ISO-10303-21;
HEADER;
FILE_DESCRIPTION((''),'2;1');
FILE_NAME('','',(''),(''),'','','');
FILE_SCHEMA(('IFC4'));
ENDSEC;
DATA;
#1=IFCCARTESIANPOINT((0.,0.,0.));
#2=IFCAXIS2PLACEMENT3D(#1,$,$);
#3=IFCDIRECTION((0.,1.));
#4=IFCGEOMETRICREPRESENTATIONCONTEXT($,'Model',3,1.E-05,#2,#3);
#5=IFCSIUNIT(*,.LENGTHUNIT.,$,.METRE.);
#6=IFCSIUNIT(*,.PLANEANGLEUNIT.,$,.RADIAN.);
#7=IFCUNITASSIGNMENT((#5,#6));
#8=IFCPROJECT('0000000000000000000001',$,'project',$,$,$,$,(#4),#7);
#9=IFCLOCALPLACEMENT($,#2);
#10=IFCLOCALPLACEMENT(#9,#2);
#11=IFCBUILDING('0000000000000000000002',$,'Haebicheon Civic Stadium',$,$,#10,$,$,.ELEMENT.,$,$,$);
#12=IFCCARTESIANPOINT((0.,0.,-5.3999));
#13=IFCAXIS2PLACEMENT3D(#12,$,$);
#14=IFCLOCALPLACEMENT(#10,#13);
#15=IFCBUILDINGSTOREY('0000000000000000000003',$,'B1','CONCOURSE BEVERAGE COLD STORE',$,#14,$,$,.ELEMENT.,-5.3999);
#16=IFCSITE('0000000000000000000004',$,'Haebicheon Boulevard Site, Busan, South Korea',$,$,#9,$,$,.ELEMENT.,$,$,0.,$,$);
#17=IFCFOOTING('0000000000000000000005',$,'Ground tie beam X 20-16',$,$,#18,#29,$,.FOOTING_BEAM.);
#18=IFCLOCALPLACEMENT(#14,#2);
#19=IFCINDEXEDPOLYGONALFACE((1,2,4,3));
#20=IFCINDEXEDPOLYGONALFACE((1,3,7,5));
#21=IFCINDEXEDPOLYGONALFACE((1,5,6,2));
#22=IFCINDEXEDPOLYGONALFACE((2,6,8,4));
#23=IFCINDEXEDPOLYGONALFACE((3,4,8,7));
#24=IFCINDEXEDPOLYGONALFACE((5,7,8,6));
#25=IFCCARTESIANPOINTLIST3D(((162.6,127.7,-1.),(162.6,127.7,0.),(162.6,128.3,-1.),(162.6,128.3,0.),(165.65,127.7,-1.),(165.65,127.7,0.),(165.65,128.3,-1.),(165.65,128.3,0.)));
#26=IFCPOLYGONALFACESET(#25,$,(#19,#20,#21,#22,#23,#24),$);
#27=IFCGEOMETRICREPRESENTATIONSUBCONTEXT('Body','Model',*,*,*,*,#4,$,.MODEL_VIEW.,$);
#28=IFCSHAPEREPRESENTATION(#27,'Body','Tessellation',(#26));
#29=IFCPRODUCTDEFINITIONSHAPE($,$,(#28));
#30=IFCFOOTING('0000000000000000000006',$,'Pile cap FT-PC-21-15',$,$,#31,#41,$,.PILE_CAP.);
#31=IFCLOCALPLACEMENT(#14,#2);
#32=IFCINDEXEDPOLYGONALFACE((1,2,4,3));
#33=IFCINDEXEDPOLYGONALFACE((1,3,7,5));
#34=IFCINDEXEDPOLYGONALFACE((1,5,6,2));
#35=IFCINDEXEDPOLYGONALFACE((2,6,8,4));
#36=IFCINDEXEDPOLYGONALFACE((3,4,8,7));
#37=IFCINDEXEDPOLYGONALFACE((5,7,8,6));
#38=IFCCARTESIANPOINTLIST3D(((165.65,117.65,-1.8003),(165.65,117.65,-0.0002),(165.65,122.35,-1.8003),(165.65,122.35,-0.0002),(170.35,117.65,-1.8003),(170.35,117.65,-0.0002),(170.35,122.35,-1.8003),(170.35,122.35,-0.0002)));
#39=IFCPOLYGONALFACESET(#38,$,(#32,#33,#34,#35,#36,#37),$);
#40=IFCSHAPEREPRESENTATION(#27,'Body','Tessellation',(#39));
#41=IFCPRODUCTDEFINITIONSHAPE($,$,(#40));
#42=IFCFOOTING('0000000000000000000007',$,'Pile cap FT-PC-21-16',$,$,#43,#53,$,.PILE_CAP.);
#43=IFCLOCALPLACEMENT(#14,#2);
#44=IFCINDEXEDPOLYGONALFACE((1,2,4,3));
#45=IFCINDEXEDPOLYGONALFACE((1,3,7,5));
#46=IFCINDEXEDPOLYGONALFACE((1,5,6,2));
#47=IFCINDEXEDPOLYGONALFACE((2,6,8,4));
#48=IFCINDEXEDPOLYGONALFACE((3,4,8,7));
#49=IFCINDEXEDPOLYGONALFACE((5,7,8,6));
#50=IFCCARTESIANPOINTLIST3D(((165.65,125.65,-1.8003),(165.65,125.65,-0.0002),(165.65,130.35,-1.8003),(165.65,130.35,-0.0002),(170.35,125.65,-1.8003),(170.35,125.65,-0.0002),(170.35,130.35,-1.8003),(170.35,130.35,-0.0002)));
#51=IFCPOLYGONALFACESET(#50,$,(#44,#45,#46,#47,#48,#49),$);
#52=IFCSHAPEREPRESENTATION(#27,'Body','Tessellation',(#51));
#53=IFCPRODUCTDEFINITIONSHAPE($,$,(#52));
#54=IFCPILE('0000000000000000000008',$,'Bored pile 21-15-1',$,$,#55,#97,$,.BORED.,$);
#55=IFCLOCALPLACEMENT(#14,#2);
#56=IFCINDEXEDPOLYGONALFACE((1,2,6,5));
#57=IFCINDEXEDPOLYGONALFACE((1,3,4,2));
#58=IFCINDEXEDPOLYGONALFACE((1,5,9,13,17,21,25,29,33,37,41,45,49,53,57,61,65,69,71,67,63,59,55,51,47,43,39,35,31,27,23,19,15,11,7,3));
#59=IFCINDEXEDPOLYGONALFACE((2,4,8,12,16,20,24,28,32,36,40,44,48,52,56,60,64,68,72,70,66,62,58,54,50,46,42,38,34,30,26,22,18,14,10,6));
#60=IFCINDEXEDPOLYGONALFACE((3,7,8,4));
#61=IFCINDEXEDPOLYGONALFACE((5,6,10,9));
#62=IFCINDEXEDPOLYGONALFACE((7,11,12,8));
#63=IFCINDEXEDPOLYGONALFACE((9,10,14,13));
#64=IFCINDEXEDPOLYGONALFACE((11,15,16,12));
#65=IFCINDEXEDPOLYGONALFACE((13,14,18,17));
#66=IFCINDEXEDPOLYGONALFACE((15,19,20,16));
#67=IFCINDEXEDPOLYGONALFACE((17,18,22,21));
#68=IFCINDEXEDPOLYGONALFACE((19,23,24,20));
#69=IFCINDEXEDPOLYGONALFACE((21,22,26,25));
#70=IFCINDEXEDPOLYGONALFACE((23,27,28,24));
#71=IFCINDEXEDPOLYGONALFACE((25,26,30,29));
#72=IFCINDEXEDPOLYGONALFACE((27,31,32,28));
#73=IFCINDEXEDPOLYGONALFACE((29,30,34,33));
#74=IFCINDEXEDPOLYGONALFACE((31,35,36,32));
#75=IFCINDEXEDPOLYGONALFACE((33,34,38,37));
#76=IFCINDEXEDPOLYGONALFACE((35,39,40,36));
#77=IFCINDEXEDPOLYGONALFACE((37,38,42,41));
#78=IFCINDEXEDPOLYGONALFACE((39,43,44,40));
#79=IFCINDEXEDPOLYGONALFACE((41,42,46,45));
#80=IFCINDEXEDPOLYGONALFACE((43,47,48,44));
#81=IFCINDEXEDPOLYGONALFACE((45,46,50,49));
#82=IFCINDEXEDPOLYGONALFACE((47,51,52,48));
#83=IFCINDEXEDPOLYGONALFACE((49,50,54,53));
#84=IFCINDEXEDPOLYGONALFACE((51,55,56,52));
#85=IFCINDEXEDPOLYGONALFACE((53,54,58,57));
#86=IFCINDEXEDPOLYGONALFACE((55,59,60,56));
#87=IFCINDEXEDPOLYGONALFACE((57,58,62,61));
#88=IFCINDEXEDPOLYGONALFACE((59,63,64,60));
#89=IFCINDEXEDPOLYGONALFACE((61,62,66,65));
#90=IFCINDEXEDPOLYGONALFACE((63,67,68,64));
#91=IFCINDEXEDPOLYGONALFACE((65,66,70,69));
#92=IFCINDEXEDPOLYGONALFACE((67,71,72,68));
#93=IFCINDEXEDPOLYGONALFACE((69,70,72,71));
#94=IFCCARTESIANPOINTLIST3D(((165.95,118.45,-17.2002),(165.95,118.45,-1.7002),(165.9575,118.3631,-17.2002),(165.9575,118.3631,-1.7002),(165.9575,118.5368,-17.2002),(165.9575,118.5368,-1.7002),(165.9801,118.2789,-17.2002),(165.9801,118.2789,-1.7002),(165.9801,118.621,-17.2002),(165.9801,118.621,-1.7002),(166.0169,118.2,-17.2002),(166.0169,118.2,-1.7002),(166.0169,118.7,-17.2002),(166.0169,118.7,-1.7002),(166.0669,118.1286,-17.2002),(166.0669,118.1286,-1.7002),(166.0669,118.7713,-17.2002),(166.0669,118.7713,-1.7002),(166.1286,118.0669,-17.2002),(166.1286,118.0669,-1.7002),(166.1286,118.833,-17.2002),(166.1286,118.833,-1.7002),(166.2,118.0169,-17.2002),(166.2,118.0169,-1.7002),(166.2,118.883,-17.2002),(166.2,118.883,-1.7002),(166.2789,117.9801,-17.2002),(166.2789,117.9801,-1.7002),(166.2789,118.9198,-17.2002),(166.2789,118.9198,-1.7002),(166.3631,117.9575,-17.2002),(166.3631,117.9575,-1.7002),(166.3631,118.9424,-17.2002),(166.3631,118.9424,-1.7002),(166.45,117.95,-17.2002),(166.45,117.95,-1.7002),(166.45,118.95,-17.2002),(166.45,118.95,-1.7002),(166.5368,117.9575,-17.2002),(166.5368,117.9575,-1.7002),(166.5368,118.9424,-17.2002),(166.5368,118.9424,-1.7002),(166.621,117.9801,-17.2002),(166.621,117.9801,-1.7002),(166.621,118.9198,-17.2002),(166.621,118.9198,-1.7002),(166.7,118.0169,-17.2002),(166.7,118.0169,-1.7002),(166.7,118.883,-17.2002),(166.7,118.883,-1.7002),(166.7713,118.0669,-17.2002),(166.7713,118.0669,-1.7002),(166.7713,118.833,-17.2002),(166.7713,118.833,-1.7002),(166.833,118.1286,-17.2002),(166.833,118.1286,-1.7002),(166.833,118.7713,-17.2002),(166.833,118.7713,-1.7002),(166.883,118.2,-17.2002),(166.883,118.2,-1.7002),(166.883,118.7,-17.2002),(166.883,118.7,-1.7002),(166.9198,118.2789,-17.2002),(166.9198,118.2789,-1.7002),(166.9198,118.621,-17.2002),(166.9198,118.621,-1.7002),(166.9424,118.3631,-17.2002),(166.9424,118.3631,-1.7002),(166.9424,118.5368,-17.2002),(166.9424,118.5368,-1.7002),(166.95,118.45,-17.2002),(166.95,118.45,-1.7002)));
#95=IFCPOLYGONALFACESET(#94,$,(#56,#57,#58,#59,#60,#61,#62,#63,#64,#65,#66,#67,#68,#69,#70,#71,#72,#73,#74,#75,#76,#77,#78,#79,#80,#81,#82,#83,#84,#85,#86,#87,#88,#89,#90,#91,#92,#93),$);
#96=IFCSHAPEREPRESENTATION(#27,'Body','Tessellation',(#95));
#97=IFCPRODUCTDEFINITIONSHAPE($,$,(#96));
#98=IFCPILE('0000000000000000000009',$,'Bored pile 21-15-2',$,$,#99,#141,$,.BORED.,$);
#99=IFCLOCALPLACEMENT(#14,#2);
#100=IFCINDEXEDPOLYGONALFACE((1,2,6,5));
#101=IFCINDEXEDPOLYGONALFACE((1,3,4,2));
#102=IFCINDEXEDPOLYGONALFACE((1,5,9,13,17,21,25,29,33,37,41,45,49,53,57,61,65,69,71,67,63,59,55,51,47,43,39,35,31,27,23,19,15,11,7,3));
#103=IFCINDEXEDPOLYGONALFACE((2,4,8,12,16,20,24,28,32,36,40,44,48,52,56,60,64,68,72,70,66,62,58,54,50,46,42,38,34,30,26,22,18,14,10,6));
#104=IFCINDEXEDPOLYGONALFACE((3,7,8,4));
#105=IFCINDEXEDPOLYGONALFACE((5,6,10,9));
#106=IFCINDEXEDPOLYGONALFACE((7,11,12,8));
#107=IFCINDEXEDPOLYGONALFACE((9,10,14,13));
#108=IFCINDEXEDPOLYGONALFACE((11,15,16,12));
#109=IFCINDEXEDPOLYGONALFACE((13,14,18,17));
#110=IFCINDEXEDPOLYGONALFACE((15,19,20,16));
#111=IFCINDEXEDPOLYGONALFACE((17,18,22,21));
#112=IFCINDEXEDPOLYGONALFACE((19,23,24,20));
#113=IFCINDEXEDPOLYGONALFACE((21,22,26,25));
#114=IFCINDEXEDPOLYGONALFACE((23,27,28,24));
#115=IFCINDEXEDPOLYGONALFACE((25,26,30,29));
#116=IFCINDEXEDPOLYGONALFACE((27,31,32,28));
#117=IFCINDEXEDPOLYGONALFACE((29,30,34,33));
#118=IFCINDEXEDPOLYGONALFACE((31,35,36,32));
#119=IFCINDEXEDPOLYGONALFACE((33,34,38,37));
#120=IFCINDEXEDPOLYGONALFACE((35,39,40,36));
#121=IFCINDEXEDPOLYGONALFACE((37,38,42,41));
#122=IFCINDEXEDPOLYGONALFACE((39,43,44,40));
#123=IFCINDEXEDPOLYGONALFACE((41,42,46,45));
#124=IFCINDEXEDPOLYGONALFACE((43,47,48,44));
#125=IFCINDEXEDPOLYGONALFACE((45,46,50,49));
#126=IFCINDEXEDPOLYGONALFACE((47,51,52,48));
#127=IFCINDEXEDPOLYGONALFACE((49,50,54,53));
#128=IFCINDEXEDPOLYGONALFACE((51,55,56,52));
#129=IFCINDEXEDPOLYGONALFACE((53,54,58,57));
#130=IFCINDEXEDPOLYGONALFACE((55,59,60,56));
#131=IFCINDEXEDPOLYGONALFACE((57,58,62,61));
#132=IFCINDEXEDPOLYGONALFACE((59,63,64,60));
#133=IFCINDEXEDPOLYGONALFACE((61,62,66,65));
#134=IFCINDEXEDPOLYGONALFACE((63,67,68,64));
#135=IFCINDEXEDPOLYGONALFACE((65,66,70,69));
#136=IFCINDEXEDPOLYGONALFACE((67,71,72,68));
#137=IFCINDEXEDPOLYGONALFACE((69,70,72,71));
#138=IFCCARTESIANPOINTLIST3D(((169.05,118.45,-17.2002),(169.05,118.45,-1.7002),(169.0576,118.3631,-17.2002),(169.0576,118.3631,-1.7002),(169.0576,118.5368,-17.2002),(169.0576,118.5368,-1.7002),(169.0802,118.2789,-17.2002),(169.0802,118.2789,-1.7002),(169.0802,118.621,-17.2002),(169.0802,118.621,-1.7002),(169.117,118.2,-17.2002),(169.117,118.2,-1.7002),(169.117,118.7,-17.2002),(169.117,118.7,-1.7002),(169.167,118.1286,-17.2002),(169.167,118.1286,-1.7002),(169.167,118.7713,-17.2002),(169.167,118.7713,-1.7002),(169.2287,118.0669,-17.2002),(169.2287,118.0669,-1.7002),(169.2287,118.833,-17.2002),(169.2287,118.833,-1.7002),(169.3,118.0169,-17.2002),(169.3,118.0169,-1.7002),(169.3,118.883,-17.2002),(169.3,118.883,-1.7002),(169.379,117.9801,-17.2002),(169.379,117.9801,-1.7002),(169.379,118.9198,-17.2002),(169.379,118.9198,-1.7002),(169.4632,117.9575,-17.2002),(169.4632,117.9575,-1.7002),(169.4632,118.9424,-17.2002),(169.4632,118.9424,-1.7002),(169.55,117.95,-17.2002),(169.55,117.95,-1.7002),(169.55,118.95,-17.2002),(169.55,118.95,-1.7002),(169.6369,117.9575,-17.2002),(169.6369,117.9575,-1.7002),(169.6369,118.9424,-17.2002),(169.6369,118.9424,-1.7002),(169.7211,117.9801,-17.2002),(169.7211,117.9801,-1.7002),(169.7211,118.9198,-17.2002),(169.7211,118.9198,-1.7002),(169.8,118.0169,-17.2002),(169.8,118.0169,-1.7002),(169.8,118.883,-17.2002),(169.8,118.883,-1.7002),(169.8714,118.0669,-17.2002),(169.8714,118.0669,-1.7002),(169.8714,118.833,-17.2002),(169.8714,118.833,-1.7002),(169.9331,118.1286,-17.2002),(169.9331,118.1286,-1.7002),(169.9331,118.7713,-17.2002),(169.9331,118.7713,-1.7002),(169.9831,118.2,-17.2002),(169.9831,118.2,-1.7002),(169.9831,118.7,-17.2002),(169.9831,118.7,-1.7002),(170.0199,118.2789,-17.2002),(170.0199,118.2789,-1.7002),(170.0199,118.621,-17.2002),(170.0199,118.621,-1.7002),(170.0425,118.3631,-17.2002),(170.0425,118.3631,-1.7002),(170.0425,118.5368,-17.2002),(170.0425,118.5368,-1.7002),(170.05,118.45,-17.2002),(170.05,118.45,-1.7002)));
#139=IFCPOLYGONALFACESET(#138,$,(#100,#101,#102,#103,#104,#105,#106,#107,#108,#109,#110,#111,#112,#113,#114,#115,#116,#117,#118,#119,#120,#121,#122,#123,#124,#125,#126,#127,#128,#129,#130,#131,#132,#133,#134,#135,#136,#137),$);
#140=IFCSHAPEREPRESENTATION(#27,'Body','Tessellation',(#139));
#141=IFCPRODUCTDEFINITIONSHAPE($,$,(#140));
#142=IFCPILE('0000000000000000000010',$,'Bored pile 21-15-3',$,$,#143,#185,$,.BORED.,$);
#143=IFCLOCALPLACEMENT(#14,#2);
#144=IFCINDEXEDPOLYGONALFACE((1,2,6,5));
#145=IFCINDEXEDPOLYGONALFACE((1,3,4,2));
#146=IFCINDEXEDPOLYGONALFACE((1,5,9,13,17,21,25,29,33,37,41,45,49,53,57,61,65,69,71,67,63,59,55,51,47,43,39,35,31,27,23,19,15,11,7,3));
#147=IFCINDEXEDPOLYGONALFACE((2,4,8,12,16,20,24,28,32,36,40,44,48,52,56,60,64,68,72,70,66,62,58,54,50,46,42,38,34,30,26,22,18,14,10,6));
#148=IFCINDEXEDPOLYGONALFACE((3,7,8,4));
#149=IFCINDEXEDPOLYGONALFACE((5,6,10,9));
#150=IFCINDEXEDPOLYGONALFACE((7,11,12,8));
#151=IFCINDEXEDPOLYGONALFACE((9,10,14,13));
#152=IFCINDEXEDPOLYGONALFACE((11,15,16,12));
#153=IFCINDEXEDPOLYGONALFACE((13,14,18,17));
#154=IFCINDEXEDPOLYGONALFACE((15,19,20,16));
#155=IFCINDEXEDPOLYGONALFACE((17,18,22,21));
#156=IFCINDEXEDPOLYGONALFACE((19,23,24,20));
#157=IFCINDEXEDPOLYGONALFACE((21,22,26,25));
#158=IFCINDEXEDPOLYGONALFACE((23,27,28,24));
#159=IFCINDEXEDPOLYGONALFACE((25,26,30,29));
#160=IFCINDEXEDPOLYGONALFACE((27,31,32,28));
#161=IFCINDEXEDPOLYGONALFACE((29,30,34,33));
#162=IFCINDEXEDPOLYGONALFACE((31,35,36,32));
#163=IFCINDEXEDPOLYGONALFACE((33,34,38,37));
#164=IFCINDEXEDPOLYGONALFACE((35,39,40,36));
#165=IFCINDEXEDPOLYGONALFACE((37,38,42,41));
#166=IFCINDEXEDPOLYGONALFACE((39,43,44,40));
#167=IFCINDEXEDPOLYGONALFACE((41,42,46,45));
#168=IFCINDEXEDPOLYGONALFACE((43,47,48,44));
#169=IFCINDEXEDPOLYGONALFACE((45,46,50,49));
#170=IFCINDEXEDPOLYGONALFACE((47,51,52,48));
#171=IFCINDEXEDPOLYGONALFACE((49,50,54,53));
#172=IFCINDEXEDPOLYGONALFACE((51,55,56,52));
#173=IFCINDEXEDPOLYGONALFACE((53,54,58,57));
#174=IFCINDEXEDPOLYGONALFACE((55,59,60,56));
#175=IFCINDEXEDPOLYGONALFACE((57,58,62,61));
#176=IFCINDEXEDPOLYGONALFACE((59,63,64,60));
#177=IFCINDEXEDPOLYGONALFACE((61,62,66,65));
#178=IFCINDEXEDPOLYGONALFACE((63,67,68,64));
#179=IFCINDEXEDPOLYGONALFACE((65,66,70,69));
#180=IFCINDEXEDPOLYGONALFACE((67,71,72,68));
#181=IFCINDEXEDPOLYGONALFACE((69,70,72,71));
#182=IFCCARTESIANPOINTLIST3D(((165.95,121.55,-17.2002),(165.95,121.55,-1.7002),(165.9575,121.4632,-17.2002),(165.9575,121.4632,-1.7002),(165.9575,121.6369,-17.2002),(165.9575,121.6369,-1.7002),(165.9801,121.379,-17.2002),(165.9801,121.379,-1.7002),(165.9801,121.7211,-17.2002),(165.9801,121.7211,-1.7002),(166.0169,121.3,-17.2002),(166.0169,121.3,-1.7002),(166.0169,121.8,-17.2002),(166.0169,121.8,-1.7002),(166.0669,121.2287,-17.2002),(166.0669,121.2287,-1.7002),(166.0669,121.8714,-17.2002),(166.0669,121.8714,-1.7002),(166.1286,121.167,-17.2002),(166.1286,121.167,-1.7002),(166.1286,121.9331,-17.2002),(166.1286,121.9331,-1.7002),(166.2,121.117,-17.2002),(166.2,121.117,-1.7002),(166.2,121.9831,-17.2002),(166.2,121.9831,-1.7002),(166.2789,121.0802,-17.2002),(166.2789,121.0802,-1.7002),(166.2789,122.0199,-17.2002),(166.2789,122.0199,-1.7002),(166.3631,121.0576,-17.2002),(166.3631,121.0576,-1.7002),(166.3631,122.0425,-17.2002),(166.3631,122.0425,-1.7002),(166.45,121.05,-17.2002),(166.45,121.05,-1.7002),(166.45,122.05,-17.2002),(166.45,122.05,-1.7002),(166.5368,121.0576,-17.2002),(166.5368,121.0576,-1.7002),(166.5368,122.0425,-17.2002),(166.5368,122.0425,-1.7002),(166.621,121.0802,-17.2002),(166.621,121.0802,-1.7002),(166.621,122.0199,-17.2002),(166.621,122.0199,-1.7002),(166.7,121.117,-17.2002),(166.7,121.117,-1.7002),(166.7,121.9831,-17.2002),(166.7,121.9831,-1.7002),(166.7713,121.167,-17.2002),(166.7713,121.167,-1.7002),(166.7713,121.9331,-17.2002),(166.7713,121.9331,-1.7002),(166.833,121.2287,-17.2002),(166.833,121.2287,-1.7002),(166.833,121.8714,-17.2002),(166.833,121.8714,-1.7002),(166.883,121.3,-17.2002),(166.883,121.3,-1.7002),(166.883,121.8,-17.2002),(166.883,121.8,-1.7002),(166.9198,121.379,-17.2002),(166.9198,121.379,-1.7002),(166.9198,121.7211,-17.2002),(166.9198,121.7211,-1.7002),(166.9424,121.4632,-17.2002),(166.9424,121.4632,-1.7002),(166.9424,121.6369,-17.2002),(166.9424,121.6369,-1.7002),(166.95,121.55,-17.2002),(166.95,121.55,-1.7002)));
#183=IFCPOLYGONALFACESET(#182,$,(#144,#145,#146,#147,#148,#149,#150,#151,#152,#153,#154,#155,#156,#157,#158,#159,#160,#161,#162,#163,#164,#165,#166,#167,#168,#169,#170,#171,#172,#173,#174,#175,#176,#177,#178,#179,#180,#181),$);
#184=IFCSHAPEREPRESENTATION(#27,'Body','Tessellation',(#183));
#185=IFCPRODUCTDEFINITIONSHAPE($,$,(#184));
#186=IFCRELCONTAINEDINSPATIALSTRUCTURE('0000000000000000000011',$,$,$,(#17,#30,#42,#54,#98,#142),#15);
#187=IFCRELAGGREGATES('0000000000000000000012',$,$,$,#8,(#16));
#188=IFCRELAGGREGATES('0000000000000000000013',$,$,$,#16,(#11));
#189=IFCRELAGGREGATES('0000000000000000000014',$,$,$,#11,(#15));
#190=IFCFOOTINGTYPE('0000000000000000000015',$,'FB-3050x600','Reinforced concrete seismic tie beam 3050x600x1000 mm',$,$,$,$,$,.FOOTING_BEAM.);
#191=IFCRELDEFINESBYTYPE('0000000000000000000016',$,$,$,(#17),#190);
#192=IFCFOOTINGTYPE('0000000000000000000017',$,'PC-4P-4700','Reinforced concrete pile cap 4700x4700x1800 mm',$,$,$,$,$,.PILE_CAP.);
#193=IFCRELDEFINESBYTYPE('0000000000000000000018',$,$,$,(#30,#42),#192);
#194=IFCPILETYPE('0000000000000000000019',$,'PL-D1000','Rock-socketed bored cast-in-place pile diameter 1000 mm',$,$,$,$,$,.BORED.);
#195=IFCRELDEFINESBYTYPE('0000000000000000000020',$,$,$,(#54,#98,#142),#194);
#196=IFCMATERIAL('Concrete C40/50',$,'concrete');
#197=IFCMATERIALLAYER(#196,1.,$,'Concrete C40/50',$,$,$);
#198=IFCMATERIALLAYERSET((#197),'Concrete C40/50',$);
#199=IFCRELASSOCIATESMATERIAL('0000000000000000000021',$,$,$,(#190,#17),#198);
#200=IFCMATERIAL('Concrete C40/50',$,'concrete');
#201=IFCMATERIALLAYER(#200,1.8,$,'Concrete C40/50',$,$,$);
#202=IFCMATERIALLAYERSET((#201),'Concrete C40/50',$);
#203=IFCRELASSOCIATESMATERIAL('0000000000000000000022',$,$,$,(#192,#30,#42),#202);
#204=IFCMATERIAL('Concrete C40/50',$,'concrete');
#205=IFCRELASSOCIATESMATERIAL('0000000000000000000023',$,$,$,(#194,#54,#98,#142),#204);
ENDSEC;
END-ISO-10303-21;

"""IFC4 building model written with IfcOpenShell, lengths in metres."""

from ifc_helpers import new_model, si_unit, direction, frame, origin, origin_2d, place, context, subcontext, project, spatial, rectangle, circle, extrude, material, layer, layer_set, material_profile, profile_set, type_object, element, save


model = new_model("IFC4")

# Units and contexts
model_context = context("Model", 3, precision=1e-05, world=origin(), true_north=direction((0.0, 1.0)))
body_context = subcontext(model_context, "Body", "Model", "MODEL_VIEW")
ifc_project = project(units=[si_unit("LENGTHUNIT", "METRE"), si_unit("PLANEANGLEUNIT", "RADIAN")], contexts=[model_context])

# Site, building, storey
site_placement = place(None, origin())
site = spatial("IfcSite", under=ifc_project, at=site_placement, Name="Haebicheon Boulevard Site, Busan, South Korea", CompositionType="ELEMENT", RefElevation=0.0)
building_placement = place(site_placement, origin())
building = spatial("IfcBuilding", under=site, at=building_placement, Name="Haebicheon Civic Stadium", CompositionType="ELEMENT")
storey_placement = place(building_placement, frame((0.0, 0.0, -5.3999)))
storey = spatial("IfcBuildingStorey", under=building, at=storey_placement, Name="B1", Description="CONCOURSE BEVERAGE COLD STORE", CompositionType="ELEMENT", Elevation=-5.3999)

# Footings
ifc_material_1 = material(Name="Concrete C40/50", Category="concrete")
ifc_layer_1 = layer(ifc_material_1, 1.0, Name="Concrete C40/50")
ifc_layer_set_1 = layer_set([ifc_layer_1], Name="Concrete C40/50")
footing_type_1 = type_object("IfcFootingType", Name="FB-3050x600", Description="Reinforced concrete seismic tie beam 3050x600x1000 mm", PredefinedType="FOOTING_BEAM", material=ifc_layer_set_1)
footing_placement = place(storey_placement, frame((164.125, 128.0, -1.0), z_axis=(0.0, 0.0, 1.0), x_axis=(1.0, 0.0, 0.0)))
element("IfcFooting", 1, at=footing_placement, inside=storey, type_object=footing_type_1, material=ifc_layer_set_1, Name="Ground tie beam X 20-16", PredefinedType="FOOTING_BEAM", context=body_context, shape_type="SweptSolid", body=[
    extrude(rectangle(XDim=3.05, YDim=0.6001, at=origin_2d()), origin(), (0.0, 0.0, 1.0), 1.0),
])
ifc_material_2 = material(Name="Concrete C40/50", Category="concrete")
ifc_layer_2 = layer(ifc_material_2, 1.8, Name="Concrete C40/50")
ifc_layer_set_2 = layer_set([ifc_layer_2], Name="Concrete C40/50")
footing_type_2 = type_object("IfcFootingType", Name="PC-4P-4700", Description="Reinforced concrete pile cap 4700x4700x1800 mm", PredefinedType="PILE_CAP", material=ifc_layer_set_2)
for number, where, z_axis, x_axis, name in (
    (2, (168.0, 120.0, -1.8003), (0.0, 0.0, 1.0), (1.0, 0.0, 0.0), "Pile cap FT-PC-21-15"),
    (3, (168.0, 128.0, -1.8003), (0.0, 0.0, 1.0), (1.0, 0.0, 0.0), "Pile cap FT-PC-21-16"),
):
    element("IfcFooting", number, at=place(storey_placement, frame(where, z_axis=z_axis, x_axis=x_axis)), inside=storey, type_object=footing_type_2, material=ifc_layer_set_2, Name=name, PredefinedType="PILE_CAP", context=body_context, shape_type="SweptSolid", body=[
        extrude(rectangle(XDim=4.7, YDim=4.7, at=origin_2d()), origin(), (0.0, 0.0, 1.0), 1.8),
    ])

# Piles
ifc_material_3 = material(Name="Concrete C40/50", Category="concrete")
ifc_material_profile_1 = material_profile(ifc_material_3, circle(Radius=0.5, at=origin_2d()), Name="PILE-D1000")
ifc_profile_set_1 = profile_set([ifc_material_profile_1], Name="Concrete C40/50")
pile_type_1 = type_object("IfcPileType", Name="PL-D1000", Description="Rock-socketed bored cast-in-place pile diameter 1000 mm", PredefinedType="BORED", material=ifc_profile_set_1)
for number, where, z_axis, x_axis, name in (
    (4, (166.45, 118.45, -1.7002), (0.0, 0.0, -1.0), (1.0, 0.0, 0.0), "Bored pile 21-15-1"),
    (5, (169.55, 118.45, -1.7002), (0.0, 0.0, -1.0), (1.0, 0.0, 0.0), "Bored pile 21-15-2"),
    (6, (166.45, 121.55, -1.7002), (0.0, 0.0, -1.0), (1.0, 0.0, 0.0), "Bored pile 21-15-3"),
):
    element("IfcPile", number, at=place(storey_placement, frame(where, z_axis=z_axis, x_axis=x_axis)), inside=storey, type_object=pile_type_1, material=ifc_profile_set_1, Name=name, PredefinedType="BORED", context=body_context, shape_type="SweptSolid", body=[
        extrude(circle(Radius=0.5, at=origin_2d()), origin(), (0.0, 0.0, 1.0), 15.5),
    ])

save(model, "model.ifc")
